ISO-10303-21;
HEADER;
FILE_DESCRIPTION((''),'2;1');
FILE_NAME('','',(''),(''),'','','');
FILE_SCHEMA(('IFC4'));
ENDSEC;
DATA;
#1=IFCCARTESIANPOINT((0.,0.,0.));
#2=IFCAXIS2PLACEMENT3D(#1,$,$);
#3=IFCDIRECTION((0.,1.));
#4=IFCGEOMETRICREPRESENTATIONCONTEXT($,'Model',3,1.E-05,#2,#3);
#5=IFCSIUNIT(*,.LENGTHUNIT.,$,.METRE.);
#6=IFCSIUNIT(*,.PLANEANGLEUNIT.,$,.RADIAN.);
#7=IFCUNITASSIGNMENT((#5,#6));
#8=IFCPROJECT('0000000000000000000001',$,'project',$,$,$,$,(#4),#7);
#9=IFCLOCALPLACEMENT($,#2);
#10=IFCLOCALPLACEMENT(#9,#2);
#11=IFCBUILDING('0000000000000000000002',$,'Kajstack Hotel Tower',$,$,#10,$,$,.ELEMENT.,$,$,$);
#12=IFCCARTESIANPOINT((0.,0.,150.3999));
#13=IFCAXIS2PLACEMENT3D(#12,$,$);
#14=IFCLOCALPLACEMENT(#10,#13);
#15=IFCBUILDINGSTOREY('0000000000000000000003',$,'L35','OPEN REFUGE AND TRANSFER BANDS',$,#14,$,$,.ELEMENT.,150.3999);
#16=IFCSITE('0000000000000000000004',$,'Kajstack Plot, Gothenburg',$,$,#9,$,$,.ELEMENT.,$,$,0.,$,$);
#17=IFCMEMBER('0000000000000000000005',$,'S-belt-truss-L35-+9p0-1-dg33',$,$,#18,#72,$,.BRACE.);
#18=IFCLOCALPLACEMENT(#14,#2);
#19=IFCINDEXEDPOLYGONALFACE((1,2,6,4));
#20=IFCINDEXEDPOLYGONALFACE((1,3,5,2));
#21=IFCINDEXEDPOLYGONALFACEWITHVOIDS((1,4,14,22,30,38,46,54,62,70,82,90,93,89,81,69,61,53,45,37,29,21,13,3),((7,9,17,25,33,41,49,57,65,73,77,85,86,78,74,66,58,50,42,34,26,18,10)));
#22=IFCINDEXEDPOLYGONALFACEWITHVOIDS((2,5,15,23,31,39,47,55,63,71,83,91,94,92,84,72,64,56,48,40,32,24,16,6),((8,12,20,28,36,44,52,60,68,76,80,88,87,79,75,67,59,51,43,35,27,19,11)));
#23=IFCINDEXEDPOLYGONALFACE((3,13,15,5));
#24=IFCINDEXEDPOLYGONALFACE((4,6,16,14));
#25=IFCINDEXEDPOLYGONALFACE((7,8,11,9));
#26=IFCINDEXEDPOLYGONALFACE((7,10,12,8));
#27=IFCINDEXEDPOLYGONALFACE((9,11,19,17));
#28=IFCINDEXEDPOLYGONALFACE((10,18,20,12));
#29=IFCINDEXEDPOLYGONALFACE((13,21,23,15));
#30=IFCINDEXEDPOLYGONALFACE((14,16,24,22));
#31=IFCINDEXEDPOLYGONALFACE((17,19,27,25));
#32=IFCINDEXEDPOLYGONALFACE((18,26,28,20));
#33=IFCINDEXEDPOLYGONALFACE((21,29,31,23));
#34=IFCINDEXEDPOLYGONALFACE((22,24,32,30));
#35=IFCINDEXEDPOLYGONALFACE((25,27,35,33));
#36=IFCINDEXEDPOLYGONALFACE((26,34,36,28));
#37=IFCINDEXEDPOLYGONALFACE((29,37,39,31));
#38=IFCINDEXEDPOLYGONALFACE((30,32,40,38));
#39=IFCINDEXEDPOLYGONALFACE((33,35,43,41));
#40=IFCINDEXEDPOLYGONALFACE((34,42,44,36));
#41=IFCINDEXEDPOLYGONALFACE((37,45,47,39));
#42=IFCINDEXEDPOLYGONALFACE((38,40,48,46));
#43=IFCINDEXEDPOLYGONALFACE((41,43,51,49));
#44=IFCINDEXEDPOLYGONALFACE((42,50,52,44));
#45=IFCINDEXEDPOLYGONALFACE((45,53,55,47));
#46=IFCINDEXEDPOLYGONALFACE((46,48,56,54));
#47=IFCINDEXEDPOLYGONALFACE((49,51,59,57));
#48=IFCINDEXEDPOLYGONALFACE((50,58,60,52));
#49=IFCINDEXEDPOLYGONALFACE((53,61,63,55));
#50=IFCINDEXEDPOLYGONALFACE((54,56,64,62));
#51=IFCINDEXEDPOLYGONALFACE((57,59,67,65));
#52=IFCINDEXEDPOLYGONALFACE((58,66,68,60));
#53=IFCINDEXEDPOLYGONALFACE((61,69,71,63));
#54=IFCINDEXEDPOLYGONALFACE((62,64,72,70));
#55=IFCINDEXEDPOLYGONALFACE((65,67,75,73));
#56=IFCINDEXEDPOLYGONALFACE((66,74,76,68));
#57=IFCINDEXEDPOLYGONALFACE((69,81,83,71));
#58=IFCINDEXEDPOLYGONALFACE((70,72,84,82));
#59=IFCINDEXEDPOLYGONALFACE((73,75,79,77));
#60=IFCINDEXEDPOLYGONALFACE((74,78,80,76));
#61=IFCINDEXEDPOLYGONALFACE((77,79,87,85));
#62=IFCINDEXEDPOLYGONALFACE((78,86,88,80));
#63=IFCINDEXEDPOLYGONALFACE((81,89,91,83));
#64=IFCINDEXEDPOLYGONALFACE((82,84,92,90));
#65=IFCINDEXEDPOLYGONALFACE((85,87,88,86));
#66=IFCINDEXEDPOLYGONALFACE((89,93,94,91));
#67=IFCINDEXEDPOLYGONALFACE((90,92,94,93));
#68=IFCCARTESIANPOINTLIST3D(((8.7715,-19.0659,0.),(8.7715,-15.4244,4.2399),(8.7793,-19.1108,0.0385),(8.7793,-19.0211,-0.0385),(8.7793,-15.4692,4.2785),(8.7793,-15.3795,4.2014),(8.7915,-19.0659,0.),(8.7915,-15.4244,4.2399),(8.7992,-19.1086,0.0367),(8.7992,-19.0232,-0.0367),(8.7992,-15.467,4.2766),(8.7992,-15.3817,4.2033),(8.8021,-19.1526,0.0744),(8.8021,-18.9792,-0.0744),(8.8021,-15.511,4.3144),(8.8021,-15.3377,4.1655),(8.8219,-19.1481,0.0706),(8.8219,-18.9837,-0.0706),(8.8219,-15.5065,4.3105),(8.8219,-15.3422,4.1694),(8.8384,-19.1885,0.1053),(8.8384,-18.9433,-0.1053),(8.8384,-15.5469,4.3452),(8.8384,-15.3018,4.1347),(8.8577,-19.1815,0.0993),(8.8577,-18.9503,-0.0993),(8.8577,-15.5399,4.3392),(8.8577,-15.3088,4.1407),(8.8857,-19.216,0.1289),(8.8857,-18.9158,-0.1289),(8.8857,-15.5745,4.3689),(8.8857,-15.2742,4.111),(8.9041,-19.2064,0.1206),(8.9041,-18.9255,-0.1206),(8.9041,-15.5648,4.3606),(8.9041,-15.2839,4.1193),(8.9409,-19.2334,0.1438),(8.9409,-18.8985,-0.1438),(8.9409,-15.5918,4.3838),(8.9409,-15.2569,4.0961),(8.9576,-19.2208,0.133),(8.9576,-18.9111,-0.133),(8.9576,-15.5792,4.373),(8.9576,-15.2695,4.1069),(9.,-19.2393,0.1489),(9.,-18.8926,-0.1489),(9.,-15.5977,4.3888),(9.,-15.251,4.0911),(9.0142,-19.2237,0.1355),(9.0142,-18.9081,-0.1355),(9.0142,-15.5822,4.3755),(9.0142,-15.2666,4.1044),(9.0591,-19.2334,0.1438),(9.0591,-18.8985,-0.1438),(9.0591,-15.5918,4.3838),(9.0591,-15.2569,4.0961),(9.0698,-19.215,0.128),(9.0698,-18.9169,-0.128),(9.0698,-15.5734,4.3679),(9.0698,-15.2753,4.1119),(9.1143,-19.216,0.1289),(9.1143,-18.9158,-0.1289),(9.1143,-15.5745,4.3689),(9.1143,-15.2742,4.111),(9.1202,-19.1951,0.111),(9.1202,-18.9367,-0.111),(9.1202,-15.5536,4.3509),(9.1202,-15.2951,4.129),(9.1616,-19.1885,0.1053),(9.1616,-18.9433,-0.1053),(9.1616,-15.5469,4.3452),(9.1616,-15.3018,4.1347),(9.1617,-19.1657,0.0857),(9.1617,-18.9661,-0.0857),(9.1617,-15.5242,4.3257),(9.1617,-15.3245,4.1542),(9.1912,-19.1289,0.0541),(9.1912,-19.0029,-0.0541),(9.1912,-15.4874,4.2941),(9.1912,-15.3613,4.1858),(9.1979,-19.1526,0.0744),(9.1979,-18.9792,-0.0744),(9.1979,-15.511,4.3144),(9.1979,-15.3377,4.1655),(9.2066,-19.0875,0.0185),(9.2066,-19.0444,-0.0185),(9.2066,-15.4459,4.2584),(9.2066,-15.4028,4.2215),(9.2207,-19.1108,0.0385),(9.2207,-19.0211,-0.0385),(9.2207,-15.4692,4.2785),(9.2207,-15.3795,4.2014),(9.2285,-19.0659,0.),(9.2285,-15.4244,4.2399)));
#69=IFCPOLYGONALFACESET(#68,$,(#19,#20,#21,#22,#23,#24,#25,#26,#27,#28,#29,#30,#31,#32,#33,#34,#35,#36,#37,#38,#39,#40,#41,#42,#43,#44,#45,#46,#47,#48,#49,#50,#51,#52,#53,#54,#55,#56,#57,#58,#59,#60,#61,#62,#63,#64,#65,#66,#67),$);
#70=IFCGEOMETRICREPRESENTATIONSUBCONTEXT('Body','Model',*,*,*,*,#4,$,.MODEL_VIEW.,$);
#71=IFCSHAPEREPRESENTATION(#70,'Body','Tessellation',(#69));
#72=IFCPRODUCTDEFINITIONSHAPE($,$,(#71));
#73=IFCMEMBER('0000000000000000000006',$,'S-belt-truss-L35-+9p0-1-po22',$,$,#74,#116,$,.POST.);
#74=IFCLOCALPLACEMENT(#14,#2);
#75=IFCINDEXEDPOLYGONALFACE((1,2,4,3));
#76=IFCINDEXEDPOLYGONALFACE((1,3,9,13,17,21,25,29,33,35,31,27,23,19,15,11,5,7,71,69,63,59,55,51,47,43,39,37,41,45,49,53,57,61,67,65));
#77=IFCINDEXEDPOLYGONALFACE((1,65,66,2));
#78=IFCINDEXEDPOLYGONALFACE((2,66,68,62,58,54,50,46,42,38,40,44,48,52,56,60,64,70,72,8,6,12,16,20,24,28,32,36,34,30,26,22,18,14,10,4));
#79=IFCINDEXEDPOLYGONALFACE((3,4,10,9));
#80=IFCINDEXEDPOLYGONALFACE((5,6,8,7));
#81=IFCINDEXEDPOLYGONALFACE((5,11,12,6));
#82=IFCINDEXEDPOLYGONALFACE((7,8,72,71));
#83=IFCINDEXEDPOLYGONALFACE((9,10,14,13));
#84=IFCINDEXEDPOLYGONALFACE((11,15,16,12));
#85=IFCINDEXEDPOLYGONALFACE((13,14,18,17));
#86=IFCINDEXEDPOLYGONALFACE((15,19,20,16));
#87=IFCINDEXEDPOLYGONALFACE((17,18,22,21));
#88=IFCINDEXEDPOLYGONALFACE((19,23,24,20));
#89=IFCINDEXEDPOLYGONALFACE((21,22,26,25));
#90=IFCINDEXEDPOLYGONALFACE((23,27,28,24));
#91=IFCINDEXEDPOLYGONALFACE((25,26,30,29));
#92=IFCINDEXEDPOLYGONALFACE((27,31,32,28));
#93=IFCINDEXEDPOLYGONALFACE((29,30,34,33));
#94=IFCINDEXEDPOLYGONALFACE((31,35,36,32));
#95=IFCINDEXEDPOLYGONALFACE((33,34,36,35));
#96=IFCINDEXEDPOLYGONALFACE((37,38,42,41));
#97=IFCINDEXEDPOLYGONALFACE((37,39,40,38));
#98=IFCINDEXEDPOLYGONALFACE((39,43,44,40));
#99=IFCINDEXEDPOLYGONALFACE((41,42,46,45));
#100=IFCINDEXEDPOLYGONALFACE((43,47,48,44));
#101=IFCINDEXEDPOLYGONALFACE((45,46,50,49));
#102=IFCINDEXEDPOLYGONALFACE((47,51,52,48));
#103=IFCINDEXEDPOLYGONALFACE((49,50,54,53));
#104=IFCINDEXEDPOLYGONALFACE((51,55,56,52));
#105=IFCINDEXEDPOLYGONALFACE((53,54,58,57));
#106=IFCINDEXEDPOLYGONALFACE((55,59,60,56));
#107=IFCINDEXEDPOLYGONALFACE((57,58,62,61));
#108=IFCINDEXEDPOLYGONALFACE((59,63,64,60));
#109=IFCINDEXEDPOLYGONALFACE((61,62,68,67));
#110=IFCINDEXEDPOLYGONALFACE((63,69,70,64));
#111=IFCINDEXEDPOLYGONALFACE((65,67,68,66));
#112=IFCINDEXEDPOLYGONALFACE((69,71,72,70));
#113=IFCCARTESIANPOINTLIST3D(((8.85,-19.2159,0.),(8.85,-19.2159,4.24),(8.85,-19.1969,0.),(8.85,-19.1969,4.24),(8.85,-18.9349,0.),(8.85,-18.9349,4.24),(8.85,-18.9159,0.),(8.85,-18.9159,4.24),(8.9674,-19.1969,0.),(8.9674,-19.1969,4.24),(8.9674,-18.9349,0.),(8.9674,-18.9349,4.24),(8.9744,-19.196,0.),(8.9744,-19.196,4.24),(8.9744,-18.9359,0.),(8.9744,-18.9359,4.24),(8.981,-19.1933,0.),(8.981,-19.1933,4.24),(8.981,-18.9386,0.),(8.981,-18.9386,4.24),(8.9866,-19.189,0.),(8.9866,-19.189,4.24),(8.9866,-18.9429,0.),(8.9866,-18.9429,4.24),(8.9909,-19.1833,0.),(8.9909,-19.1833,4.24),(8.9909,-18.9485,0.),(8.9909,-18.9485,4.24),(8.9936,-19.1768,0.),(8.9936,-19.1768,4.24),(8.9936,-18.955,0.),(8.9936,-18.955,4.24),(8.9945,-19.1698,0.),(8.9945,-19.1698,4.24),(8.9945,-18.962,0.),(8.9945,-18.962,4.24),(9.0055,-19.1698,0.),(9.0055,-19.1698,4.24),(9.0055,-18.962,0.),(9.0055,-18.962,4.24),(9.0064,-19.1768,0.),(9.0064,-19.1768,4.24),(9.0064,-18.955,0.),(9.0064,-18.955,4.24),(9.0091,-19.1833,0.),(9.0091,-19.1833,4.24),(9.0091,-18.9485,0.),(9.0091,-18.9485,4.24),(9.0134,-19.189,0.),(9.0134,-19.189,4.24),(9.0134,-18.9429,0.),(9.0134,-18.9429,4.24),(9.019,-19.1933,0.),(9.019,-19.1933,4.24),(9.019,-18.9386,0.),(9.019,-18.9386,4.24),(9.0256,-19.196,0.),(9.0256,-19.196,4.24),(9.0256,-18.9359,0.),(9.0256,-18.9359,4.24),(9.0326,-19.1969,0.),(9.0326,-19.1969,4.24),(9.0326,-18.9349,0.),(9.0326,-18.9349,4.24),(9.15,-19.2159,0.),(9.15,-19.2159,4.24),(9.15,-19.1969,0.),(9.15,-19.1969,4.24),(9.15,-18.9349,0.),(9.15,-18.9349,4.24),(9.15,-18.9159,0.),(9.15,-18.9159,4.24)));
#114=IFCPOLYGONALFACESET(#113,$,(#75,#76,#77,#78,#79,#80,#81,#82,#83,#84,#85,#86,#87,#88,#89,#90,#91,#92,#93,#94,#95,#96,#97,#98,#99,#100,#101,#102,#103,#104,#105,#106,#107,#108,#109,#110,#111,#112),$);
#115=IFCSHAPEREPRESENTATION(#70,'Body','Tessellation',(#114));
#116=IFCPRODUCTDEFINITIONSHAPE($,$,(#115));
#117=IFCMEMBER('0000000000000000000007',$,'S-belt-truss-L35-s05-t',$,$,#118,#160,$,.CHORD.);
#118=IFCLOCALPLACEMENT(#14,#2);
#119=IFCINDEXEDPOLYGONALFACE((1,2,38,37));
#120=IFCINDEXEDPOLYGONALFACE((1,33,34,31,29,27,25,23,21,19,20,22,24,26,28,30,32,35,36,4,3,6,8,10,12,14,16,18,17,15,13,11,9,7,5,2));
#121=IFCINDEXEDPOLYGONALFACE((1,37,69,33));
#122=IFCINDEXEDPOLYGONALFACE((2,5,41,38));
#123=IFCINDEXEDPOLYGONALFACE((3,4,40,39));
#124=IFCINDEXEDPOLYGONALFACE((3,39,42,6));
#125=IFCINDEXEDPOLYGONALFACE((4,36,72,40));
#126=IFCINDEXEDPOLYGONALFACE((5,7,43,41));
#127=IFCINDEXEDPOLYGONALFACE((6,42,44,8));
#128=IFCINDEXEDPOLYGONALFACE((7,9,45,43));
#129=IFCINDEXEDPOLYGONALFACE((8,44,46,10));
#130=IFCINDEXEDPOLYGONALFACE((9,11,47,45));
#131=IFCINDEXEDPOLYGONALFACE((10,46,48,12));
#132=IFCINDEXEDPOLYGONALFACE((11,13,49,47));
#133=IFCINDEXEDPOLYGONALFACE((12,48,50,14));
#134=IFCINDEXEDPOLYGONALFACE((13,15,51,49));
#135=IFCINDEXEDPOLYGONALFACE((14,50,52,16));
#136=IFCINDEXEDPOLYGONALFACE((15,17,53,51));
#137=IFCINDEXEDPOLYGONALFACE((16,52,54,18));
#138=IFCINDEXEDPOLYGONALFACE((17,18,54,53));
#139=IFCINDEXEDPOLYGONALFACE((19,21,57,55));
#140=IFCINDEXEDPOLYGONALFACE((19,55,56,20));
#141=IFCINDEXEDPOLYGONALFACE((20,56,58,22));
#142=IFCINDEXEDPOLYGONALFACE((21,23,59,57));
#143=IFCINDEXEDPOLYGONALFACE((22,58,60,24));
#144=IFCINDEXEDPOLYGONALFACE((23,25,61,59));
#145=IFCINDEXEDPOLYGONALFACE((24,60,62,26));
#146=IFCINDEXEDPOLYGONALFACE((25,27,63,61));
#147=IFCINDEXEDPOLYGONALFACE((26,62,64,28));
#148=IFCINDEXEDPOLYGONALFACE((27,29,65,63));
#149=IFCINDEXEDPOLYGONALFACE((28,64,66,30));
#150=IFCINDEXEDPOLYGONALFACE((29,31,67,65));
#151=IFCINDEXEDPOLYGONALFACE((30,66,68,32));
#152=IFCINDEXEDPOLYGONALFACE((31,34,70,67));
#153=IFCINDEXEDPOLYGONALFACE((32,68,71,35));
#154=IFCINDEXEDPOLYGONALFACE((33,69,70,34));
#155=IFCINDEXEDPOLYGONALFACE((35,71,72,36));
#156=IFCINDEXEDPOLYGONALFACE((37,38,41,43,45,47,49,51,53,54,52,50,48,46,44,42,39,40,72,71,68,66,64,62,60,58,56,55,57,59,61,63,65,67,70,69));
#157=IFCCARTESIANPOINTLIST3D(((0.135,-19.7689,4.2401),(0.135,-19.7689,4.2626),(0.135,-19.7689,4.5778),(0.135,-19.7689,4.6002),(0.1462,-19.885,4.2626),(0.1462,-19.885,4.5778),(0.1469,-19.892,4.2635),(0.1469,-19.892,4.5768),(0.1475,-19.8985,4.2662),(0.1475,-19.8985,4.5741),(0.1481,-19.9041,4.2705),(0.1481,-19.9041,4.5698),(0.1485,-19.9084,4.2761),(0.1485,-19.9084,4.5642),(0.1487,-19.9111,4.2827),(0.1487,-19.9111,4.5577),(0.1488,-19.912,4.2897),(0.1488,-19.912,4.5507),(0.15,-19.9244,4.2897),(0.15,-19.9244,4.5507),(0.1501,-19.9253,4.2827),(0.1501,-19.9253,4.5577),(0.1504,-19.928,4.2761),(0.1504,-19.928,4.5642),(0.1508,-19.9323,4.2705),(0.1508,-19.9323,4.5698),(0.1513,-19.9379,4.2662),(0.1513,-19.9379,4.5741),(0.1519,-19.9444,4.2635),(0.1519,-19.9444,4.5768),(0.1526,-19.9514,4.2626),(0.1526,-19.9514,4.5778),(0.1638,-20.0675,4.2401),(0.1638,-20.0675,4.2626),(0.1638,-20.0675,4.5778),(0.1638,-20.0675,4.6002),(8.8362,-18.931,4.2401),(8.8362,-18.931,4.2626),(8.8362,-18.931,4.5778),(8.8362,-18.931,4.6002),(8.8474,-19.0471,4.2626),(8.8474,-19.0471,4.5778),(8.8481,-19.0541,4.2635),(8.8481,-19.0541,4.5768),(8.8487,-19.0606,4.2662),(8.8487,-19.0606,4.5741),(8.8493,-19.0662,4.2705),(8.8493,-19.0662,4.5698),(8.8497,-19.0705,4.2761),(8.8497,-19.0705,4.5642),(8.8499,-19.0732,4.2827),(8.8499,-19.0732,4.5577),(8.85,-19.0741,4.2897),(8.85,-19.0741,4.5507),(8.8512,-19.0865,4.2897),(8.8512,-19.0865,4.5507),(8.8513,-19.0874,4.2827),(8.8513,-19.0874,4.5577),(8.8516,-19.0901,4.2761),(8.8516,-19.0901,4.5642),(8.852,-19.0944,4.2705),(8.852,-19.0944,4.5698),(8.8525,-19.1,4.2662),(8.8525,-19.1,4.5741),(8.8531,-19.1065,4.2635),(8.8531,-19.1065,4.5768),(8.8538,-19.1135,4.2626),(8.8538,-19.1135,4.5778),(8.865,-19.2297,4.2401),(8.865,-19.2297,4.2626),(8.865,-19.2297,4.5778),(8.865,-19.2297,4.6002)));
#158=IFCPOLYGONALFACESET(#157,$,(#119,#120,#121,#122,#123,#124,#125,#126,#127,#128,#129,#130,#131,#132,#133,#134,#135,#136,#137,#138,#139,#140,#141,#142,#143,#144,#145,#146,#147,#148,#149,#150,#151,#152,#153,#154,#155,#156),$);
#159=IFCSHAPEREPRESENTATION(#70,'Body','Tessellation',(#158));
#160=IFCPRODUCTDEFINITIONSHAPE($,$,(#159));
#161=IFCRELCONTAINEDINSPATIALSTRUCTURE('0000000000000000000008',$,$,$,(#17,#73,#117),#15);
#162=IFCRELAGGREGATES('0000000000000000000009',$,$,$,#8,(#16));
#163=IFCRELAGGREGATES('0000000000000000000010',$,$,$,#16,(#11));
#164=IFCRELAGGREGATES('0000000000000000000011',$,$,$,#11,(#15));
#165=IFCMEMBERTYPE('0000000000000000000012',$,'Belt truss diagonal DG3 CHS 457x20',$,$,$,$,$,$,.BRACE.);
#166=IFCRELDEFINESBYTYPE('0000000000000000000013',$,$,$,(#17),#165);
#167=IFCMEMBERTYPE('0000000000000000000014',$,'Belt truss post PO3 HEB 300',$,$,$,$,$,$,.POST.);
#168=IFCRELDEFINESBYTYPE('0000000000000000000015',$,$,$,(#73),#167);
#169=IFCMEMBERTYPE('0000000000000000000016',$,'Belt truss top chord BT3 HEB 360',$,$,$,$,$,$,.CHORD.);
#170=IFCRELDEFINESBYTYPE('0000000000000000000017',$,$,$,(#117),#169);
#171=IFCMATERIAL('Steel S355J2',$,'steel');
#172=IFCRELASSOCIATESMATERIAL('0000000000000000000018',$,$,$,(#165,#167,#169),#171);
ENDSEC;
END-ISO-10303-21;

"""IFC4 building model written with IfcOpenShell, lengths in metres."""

from ifc_helpers import new_model, si_unit, direction, frame, origin, origin_2d, place, context, subcontext, project, spatial, hollow_circle, i_section, extrude, material, material_profile, profile_set, type_object, element, save


model = new_model("IFC4")

# Units and contexts
model_context = context("Model", 3, precision=1e-05, world=origin(), true_north=direction((0.0, 1.0)))
body_context = subcontext(model_context, "Body", "Model", "MODEL_VIEW")
ifc_project = project(units=[si_unit("LENGTHUNIT", "METRE"), si_unit("PLANEANGLEUNIT", "RADIAN")], contexts=[model_context])

# Site, building, storey
site_placement = place(None, origin())
site = spatial("IfcSite", under=ifc_project, at=site_placement, Name="Kajstack Plot, Gothenburg", CompositionType="ELEMENT", RefElevation=0.0)
building_placement = place(site_placement, origin())
building = spatial("IfcBuilding", under=site, at=building_placement, Name="Kajstack Hotel Tower", CompositionType="ELEMENT")
storey_placement = place(building_placement, frame((0.0, 0.0, 150.3999)))
storey = spatial("IfcBuildingStorey", under=building, at=storey_placement, Name="L35", Description="OPEN REFUGE AND TRANSFER BANDS", CompositionType="ELEMENT", Elevation=150.3999)

# Members
ifc_material_1 = material(Name="Steel S355J2", Category="steel")
ifc_material_profile_1 = material_profile(ifc_material_1, hollow_circle(Radius=0.2285, WallThickness=0.02, at=origin_2d()), Name="CHS 457x20")
ifc_profile_set_1 = profile_set([ifc_material_profile_1], Name="Steel S355J2")
member_type_1 = type_object("IfcMemberType", Name="Belt truss diagonal DG3 CHS 457x20", PredefinedType="BRACE", material=ifc_profile_set_1)
member_1_placement = place(storey_placement, frame((9.0, -19.0659, 0.0), z_axis=(0.0, 0.651546, 0.758609), x_axis=(-1.0, 0.0, 0.0)))
element("IfcMember", 1, at=member_1_placement, inside=storey, type_object=member_type_1, Name="S-belt-truss-L35-+9p0-1-dg33", PredefinedType="BRACE", context=body_context, shape_type="SweptSolid", body=[
    extrude(hollow_circle(Radius=0.2285, WallThickness=0.02, at=origin_2d()), origin(), (0.0, 0.0, 1.0), 5.5891),
])
ifc_material_profile_2 = material_profile(ifc_material_1, i_section(OverallWidth=0.3, OverallDepth=0.3, WebThickness=0.011, FlangeThickness=0.019, FilletRadius=0.0271, at=origin_2d()), Name="HEB 300")
ifc_profile_set_2 = profile_set([ifc_material_profile_2], Name="Steel S355J2")
member_type_2 = type_object("IfcMemberType", Name="Belt truss post PO3 HEB 300", PredefinedType="POST", material=ifc_profile_set_2)
member_2_placement = place(storey_placement, frame((9.0, -19.0659, 0.0), z_axis=(0.0, 0.0, 1.0), x_axis=(1.0, 0.0, 0.0)))
element("IfcMember", 2, at=member_2_placement, inside=storey, type_object=member_type_2, Name="S-belt-truss-L35-+9p0-1-po22", PredefinedType="POST", context=body_context, shape_type="SweptSolid", body=[
    extrude(i_section(OverallWidth=0.3, OverallDepth=0.3, WebThickness=0.011, FlangeThickness=0.019, FilletRadius=0.0271, at=origin_2d()), origin(), (0.0, 0.0, 1.0), 4.24),
])
ifc_material_profile_3 = material_profile(ifc_material_1, i_section(OverallWidth=0.3, OverallDepth=0.3601, WebThickness=0.0125, FlangeThickness=0.0225, FilletRadius=0.0271, at=origin_2d()), Name="HEB 360")
ifc_profile_set_3 = profile_set([ifc_material_profile_3], Name="Steel S355J2")
member_type_3 = type_object("IfcMemberType", Name="Belt truss top chord BT3 HEB 360", PredefinedType="CHORD", material=ifc_profile_set_3)
for number, where, z_axis, x_axis, name in (
    (3, (0.1494, -19.9182, 4.4202), (0.995396, 0.095853, 0.0), (-0.095853, 0.995396, 0.0), "S-belt-truss-L35-s05-t"),
):
    element("IfcMember", number, at=place(storey_placement, frame(where, z_axis=z_axis, x_axis=x_axis)), inside=storey, type_object=member_type_3, Name=name, PredefinedType="CHORD", context=body_context, shape_type="SweptSolid", body=[
        extrude(i_section(OverallWidth=0.3, OverallDepth=0.3601, WebThickness=0.0125, FlangeThickness=0.0225, FilletRadius=0.0271, at=origin_2d()), origin(), (0.0, 0.0, 1.0), 8.7415),
    ])

save(model, "model.ifc")
